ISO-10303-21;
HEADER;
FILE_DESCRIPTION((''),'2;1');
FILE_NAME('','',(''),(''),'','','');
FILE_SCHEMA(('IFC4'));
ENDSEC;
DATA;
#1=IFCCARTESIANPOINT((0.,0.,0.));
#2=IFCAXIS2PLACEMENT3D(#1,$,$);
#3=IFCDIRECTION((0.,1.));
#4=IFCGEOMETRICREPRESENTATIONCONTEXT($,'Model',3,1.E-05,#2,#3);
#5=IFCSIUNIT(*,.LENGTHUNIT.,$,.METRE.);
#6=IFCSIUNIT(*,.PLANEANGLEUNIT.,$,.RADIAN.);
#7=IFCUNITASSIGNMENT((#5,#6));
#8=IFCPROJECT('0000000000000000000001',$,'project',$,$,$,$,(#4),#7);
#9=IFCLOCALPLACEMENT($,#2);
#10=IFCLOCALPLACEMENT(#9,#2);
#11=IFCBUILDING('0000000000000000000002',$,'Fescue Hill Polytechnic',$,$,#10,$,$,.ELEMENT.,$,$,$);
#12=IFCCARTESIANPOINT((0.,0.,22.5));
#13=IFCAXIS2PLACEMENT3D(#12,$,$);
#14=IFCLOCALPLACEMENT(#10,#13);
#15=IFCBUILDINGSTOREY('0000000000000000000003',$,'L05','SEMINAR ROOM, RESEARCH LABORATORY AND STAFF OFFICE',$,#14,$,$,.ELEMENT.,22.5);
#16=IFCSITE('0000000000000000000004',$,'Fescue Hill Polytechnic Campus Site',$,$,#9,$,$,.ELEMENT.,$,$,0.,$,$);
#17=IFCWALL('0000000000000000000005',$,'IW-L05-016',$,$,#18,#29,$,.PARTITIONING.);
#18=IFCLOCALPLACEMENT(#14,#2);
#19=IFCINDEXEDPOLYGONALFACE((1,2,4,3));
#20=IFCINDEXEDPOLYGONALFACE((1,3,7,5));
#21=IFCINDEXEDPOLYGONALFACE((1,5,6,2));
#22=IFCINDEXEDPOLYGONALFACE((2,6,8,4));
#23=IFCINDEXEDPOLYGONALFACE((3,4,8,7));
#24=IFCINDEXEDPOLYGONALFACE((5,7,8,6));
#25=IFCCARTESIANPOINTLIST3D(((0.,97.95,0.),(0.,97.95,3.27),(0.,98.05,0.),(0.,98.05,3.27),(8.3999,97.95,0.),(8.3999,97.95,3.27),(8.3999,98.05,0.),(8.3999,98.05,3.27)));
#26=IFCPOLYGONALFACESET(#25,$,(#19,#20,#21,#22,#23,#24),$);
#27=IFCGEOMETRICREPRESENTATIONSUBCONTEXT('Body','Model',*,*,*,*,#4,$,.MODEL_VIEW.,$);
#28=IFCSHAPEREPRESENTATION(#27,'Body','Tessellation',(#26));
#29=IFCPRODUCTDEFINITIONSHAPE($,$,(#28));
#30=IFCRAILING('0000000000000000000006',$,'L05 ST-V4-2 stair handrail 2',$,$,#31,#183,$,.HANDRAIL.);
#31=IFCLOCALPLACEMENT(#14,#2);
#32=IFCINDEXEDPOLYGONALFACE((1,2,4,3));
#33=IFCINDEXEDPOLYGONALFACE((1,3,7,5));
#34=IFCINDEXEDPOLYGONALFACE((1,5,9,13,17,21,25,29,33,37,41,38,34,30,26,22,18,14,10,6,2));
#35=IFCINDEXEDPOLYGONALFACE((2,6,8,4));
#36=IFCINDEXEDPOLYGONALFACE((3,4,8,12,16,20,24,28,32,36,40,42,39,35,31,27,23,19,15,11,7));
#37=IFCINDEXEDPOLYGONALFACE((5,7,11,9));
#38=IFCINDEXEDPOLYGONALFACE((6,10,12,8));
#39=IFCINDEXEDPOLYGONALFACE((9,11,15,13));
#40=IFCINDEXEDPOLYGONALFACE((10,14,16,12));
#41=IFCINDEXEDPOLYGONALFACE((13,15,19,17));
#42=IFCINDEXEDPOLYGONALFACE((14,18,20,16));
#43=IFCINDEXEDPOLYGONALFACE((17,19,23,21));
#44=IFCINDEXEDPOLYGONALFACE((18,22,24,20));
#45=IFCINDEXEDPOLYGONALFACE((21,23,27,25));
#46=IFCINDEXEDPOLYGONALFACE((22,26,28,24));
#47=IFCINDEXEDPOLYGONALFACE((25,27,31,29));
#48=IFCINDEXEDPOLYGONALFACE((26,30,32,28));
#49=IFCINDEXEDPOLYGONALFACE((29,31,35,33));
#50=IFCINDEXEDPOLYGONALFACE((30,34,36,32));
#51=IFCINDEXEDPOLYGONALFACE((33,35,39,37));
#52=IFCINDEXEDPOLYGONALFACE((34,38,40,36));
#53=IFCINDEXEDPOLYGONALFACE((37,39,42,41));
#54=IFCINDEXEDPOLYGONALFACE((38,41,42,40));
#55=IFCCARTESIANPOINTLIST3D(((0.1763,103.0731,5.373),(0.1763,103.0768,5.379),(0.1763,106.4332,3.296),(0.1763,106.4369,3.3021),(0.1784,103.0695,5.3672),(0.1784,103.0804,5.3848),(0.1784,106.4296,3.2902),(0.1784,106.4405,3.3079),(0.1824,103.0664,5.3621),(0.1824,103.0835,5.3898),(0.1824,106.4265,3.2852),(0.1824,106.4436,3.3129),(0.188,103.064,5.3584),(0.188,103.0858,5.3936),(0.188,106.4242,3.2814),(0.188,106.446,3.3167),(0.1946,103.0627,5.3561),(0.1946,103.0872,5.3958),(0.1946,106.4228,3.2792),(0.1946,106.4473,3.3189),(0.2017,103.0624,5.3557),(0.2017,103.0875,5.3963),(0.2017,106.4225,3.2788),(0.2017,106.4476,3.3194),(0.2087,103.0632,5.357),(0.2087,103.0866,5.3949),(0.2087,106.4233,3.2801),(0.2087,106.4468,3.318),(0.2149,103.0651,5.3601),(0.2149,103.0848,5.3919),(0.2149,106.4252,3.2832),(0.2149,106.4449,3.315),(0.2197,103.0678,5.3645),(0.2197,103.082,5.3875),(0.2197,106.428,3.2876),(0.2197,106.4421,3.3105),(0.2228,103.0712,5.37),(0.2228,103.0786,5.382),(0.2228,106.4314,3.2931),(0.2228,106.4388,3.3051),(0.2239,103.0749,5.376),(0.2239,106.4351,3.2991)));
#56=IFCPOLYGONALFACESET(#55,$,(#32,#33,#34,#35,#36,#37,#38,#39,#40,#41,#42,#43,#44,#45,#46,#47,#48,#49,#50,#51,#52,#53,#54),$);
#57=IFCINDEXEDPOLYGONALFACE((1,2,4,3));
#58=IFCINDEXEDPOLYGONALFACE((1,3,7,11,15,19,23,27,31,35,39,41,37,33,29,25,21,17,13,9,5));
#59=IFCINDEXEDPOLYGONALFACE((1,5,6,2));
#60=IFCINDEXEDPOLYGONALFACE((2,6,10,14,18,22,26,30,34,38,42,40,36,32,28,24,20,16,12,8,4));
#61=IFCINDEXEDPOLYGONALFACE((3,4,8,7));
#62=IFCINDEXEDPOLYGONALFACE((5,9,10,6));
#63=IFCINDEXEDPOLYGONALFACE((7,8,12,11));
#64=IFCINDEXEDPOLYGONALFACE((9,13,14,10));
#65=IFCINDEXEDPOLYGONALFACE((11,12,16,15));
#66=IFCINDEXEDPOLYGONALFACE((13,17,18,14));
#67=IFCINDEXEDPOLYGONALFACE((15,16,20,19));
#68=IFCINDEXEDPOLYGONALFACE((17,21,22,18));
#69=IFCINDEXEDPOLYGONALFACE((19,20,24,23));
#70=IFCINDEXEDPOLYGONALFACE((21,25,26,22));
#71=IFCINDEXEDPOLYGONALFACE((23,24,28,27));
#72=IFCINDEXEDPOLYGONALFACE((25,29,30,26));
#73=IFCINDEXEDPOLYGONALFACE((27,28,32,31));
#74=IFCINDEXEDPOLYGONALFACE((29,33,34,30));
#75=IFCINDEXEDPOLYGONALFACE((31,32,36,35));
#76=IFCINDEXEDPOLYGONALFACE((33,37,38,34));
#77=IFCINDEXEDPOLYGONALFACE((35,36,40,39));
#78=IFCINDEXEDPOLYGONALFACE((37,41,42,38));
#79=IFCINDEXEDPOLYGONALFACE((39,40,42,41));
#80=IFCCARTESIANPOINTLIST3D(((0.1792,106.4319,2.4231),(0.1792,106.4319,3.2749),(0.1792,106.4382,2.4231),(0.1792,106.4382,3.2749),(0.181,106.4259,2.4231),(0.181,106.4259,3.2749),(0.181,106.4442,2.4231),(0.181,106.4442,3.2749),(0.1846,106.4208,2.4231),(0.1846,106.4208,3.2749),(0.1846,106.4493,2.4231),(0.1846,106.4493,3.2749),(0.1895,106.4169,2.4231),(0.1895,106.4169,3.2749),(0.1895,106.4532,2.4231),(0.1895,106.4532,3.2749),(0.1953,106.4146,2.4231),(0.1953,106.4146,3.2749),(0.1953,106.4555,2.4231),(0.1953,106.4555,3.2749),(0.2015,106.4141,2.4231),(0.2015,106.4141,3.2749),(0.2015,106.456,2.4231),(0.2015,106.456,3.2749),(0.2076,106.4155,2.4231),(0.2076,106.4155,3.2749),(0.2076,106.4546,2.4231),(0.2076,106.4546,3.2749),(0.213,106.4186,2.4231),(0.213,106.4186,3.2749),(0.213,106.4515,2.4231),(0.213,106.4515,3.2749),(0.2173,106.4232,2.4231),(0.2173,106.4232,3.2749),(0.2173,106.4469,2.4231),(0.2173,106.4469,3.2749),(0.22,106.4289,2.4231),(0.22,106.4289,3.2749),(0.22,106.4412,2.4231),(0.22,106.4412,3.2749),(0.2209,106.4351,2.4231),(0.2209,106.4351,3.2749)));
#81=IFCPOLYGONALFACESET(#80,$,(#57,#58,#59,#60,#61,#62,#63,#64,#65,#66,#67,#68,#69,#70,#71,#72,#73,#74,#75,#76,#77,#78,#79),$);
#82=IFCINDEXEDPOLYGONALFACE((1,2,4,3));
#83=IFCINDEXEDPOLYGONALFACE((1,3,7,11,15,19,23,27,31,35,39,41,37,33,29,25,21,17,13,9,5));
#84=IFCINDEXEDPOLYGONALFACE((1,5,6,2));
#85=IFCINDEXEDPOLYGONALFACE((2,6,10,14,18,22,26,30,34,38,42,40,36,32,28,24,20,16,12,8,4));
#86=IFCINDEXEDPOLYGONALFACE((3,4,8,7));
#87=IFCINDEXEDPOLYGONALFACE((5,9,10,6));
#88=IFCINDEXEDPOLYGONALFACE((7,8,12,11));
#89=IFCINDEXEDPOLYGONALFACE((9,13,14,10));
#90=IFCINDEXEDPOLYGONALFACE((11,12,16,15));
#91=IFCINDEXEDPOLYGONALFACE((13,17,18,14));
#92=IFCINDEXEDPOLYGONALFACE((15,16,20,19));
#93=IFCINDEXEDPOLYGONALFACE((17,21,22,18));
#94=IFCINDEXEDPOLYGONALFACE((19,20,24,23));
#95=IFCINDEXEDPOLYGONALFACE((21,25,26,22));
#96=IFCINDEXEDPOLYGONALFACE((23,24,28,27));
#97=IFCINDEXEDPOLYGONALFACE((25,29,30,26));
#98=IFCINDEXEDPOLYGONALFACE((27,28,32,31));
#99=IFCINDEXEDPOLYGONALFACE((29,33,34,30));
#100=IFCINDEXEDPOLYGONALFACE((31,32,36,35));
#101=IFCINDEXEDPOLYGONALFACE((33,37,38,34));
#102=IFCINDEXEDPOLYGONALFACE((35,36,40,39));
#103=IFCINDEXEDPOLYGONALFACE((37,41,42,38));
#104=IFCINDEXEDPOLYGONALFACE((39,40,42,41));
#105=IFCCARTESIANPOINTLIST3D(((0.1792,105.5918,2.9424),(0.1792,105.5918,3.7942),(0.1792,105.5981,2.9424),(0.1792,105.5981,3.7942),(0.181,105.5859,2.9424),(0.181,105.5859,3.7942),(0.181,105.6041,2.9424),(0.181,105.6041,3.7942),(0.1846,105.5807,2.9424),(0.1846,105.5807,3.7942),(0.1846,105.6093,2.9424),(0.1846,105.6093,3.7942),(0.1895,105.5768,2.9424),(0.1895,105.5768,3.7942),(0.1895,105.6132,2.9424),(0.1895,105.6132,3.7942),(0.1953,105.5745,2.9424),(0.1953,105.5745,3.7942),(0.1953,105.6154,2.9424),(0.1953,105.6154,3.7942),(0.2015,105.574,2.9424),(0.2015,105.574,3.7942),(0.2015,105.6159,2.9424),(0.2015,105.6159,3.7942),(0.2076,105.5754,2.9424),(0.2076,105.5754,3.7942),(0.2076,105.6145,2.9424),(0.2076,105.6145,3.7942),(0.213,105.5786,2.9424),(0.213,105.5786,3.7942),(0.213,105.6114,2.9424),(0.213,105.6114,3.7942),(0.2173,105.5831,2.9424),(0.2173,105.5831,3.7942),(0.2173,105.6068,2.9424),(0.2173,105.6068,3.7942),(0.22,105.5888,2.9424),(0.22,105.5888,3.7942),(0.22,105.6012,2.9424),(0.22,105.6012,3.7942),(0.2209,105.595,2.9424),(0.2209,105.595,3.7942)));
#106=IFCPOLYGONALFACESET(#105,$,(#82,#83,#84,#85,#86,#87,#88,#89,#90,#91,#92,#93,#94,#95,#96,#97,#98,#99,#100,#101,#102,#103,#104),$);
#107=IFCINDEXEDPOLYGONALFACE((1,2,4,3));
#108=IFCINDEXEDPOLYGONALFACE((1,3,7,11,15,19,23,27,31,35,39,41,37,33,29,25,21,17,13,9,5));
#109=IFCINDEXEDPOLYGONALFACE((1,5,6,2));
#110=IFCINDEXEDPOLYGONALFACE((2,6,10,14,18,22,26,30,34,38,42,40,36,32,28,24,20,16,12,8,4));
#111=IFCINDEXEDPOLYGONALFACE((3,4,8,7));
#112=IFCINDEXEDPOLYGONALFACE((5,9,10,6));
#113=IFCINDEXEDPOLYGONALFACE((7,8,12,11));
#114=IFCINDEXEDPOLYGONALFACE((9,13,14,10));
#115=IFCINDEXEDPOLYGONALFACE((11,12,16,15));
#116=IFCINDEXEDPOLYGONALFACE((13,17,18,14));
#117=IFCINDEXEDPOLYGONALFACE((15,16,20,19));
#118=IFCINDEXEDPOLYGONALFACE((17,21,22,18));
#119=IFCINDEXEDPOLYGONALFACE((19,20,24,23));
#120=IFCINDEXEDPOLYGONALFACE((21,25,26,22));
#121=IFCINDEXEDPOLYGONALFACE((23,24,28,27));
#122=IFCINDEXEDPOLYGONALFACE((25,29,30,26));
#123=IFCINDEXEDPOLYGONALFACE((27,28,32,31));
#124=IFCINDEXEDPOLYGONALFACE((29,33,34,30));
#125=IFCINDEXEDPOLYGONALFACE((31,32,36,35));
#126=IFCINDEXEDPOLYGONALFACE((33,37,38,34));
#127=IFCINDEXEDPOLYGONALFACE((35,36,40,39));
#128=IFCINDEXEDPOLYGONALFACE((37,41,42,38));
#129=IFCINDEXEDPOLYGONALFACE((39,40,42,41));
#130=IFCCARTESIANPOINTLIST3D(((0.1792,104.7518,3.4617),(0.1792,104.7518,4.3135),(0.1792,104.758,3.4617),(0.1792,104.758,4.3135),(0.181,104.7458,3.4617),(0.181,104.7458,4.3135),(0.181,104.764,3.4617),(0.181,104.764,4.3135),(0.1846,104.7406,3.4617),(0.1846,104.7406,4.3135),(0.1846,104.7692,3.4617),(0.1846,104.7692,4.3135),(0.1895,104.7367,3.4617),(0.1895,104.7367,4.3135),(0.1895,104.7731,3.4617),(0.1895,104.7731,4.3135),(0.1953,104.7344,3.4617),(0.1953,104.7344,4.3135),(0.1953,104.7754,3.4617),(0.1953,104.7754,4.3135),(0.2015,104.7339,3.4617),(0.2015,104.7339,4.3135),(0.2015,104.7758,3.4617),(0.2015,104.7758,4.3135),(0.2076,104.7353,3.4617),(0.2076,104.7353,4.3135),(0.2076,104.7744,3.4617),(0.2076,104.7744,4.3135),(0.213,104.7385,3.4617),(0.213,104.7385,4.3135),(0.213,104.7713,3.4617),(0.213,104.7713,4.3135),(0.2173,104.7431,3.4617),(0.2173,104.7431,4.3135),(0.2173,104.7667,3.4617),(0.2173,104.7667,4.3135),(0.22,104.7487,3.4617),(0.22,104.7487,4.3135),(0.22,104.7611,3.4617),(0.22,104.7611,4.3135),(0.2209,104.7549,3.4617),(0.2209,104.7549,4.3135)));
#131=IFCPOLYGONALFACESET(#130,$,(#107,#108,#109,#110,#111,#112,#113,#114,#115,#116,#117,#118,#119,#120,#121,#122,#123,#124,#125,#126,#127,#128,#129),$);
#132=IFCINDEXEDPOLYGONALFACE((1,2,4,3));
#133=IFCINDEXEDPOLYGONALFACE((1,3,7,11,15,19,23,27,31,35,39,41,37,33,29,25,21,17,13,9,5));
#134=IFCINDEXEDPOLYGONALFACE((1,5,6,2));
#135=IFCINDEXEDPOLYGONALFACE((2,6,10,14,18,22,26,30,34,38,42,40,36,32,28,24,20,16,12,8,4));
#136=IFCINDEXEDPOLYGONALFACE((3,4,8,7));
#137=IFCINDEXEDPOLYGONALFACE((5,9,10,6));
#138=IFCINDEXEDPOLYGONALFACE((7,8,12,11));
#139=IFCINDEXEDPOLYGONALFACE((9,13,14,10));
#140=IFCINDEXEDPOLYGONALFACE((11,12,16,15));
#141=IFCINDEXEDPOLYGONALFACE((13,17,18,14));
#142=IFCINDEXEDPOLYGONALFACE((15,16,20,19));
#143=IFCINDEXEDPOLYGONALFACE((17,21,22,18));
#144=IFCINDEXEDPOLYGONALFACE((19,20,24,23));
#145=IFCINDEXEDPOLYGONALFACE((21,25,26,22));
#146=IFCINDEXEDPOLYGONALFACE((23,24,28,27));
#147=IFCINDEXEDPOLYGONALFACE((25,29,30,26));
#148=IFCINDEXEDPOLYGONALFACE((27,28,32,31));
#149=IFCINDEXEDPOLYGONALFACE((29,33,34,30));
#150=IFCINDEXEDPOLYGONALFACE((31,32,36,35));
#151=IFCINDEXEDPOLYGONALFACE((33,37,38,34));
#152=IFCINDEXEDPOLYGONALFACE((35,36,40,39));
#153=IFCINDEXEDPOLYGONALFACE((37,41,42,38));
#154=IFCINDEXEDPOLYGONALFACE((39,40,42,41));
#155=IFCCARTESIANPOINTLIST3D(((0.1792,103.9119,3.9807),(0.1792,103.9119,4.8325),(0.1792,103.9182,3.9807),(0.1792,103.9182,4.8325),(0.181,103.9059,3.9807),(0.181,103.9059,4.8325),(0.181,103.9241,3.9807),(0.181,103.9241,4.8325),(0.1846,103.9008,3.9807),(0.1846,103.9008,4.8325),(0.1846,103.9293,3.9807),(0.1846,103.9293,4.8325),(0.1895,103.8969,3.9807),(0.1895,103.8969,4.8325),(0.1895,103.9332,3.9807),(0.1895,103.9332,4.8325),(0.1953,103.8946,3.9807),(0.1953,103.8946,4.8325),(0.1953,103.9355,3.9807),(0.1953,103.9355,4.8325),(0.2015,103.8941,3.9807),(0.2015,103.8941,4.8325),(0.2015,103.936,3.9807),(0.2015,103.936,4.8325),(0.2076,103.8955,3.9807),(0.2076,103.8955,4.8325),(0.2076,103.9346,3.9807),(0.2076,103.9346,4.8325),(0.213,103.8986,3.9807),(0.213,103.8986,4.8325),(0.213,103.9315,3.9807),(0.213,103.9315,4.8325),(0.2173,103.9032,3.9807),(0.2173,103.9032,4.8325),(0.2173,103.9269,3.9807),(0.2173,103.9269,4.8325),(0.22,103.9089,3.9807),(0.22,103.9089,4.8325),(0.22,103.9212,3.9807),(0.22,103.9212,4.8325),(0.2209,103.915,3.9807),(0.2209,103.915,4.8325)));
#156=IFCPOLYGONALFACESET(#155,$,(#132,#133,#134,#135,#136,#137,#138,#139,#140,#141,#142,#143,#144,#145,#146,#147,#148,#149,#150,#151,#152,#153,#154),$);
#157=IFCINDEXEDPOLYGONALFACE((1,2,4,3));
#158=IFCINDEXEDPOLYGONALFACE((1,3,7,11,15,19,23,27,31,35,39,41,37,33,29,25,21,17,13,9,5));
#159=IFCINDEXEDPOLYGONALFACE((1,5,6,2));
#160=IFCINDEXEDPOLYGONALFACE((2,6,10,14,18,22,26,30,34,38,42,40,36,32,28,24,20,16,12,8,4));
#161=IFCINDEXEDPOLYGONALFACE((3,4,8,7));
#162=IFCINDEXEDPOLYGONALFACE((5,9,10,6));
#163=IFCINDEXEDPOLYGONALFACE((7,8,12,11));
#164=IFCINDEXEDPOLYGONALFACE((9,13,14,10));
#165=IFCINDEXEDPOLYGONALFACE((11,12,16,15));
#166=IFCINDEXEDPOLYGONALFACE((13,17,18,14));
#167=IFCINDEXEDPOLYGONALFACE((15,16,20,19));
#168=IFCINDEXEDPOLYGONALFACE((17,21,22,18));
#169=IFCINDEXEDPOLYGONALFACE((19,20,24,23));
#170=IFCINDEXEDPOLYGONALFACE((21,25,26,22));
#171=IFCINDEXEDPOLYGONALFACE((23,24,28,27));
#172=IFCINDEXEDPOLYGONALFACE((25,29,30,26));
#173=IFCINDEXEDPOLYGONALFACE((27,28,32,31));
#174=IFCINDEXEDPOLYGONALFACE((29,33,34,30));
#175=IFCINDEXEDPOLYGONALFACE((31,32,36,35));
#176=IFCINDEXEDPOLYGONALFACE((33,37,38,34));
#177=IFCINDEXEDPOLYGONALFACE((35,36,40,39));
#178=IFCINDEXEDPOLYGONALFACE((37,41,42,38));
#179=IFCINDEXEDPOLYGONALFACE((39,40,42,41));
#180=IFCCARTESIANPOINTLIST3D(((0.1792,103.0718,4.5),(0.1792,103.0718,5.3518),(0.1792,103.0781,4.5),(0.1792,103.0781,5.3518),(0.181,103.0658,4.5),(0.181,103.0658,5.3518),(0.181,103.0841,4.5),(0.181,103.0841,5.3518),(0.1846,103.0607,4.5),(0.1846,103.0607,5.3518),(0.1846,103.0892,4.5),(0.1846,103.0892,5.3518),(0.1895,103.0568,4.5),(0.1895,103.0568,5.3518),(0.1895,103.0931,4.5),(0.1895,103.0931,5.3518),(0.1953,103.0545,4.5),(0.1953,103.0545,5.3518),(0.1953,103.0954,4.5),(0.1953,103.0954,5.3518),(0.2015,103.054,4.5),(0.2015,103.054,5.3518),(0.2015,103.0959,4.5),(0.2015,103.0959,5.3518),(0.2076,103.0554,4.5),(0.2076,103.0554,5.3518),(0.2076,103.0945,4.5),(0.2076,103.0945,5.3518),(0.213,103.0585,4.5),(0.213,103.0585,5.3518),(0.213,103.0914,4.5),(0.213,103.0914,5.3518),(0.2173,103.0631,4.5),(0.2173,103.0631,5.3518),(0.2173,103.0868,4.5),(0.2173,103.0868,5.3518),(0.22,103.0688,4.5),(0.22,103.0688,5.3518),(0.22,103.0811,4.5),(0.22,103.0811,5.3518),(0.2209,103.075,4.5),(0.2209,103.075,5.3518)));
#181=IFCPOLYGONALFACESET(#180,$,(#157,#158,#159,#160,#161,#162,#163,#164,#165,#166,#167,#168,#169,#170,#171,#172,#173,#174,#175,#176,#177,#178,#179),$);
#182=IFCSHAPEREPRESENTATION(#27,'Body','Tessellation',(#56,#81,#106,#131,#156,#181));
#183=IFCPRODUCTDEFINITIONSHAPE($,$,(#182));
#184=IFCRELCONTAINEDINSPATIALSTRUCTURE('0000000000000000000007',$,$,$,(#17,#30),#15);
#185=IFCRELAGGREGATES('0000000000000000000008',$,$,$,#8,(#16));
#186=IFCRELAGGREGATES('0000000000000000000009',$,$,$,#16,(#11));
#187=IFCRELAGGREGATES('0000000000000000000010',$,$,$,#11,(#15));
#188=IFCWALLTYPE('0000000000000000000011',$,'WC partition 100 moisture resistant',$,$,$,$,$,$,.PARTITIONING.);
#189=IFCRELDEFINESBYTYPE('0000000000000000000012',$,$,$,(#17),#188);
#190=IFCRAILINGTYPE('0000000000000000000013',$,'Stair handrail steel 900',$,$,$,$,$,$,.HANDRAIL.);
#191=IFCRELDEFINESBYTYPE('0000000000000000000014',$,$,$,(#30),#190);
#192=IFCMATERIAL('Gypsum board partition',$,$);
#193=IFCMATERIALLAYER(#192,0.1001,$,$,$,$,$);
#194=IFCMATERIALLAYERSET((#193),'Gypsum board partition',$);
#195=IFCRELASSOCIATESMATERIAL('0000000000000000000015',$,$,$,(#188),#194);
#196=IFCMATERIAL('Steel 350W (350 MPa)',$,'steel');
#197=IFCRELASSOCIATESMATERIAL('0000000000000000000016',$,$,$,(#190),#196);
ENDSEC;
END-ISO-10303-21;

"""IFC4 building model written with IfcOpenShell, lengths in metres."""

from ifc_helpers import new_model, si_unit, direction, frame, frame_2d, origin, origin_2d, place, context, subcontext, project, spatial, rectangle, circle, extrude, material, layer, layer_set, type_object, element, save


model = new_model("IFC4")

# Units and contexts
model_context = context("Model", 3, precision=1e-05, world=origin(), true_north=direction((0.0, 1.0)))
body_context = subcontext(model_context, "Body", "Model", "MODEL_VIEW")
ifc_project = project(units=[si_unit("LENGTHUNIT", "METRE"), si_unit("PLANEANGLEUNIT", "RADIAN")], contexts=[model_context])

# Site, building, storey
site_placement = place(None, origin())
site = spatial("IfcSite", under=ifc_project, at=site_placement, Name="Fescue Hill Polytechnic Campus Site", CompositionType="ELEMENT", RefElevation=0.0)
building_placement = place(site_placement, origin())
building = spatial("IfcBuilding", under=site, at=building_placement, Name="Fescue Hill Polytechnic", CompositionType="ELEMENT")
storey_placement = place(building_placement, frame((0.0, 0.0, 22.5)))
storey = spatial("IfcBuildingStorey", under=building, at=storey_placement, Name="L05", Description="SEMINAR ROOM, RESEARCH LABORATORY AND STAFF OFFICE", CompositionType="ELEMENT", Elevation=22.5)

# Wall
ifc_material_1 = material(Name="Gypsum board partition")
ifc_layer_1 = layer(ifc_material_1, 0.1001)
ifc_layer_set_1 = layer_set([ifc_layer_1], Name="Gypsum board partition")
wall_type_1 = type_object("IfcWallType", Name="WC partition 100 moisture resistant", PredefinedType="PARTITIONING", material=ifc_layer_set_1)
wall_1_placement = place(storey_placement, frame((0.0, 98.0, 0.0), z_axis=(0.0, 0.0, 1.0), x_axis=(1.0, 0.0, 0.0)))
element("IfcWall", 1, at=wall_1_placement, inside=storey, type_object=wall_type_1, Name="IW-L05-016", PredefinedType="PARTITIONING", context=body_context, shape_type="SweptSolid", body=[
    extrude(rectangle(XDim=8.3999, YDim=0.1001, at=frame_2d((4.2, 0.0))), origin(), (0.0, 0.0, 1.0), 3.27),
])

# Railing
ifc_material_2 = material(Name="Steel 350W (350 MPa)", Category="steel")
railing_type = type_object("IfcRailingType", Name="Stair handrail steel 900", PredefinedType="HANDRAIL", material=ifc_material_2)
railing_placement = place(storey_placement, frame((0.2, 106.4351, 2.4231)))
element("IfcRailing", 2, at=railing_placement, inside=storey, type_object=railing_type, Name="L05 ST-V4-2 stair handrail 2", PredefinedType="HANDRAIL", context=body_context, shape_type="SweptSolid", body=[
    extrude(circle(Radius=0.0239, at=origin_2d()), frame((0.0, 0.0, 0.876), z_axis=(0.0, -0.850623, 0.525776), x_axis=(1.0, 0.0, 0.0)), (0.0, 0.0, 1.0), 3.9502),
    extrude(circle(Radius=0.021, at=origin_2d()), origin(), (0.0, 0.0, 1.0), 0.8518),
    extrude(circle(Radius=0.021, at=origin_2d()), frame((0.0, -0.8401, 0.5193)), (0.0, 0.0, 1.0), 0.8518),
    extrude(circle(Radius=0.021, at=origin_2d()), frame((0.0, -1.6802, 1.0386)), (0.0, 0.0, 1.0), 0.8518),
    extrude(circle(Radius=0.021, at=origin_2d()), frame((0.0, -2.52, 1.5576)), (0.0, 0.0, 1.0), 0.8518),
    extrude(circle(Radius=0.021, at=origin_2d()), frame((0.0, -3.3601, 2.0769)), (0.0, 0.0, 1.0), 0.8518),
])

save(model, "model.ifc")
